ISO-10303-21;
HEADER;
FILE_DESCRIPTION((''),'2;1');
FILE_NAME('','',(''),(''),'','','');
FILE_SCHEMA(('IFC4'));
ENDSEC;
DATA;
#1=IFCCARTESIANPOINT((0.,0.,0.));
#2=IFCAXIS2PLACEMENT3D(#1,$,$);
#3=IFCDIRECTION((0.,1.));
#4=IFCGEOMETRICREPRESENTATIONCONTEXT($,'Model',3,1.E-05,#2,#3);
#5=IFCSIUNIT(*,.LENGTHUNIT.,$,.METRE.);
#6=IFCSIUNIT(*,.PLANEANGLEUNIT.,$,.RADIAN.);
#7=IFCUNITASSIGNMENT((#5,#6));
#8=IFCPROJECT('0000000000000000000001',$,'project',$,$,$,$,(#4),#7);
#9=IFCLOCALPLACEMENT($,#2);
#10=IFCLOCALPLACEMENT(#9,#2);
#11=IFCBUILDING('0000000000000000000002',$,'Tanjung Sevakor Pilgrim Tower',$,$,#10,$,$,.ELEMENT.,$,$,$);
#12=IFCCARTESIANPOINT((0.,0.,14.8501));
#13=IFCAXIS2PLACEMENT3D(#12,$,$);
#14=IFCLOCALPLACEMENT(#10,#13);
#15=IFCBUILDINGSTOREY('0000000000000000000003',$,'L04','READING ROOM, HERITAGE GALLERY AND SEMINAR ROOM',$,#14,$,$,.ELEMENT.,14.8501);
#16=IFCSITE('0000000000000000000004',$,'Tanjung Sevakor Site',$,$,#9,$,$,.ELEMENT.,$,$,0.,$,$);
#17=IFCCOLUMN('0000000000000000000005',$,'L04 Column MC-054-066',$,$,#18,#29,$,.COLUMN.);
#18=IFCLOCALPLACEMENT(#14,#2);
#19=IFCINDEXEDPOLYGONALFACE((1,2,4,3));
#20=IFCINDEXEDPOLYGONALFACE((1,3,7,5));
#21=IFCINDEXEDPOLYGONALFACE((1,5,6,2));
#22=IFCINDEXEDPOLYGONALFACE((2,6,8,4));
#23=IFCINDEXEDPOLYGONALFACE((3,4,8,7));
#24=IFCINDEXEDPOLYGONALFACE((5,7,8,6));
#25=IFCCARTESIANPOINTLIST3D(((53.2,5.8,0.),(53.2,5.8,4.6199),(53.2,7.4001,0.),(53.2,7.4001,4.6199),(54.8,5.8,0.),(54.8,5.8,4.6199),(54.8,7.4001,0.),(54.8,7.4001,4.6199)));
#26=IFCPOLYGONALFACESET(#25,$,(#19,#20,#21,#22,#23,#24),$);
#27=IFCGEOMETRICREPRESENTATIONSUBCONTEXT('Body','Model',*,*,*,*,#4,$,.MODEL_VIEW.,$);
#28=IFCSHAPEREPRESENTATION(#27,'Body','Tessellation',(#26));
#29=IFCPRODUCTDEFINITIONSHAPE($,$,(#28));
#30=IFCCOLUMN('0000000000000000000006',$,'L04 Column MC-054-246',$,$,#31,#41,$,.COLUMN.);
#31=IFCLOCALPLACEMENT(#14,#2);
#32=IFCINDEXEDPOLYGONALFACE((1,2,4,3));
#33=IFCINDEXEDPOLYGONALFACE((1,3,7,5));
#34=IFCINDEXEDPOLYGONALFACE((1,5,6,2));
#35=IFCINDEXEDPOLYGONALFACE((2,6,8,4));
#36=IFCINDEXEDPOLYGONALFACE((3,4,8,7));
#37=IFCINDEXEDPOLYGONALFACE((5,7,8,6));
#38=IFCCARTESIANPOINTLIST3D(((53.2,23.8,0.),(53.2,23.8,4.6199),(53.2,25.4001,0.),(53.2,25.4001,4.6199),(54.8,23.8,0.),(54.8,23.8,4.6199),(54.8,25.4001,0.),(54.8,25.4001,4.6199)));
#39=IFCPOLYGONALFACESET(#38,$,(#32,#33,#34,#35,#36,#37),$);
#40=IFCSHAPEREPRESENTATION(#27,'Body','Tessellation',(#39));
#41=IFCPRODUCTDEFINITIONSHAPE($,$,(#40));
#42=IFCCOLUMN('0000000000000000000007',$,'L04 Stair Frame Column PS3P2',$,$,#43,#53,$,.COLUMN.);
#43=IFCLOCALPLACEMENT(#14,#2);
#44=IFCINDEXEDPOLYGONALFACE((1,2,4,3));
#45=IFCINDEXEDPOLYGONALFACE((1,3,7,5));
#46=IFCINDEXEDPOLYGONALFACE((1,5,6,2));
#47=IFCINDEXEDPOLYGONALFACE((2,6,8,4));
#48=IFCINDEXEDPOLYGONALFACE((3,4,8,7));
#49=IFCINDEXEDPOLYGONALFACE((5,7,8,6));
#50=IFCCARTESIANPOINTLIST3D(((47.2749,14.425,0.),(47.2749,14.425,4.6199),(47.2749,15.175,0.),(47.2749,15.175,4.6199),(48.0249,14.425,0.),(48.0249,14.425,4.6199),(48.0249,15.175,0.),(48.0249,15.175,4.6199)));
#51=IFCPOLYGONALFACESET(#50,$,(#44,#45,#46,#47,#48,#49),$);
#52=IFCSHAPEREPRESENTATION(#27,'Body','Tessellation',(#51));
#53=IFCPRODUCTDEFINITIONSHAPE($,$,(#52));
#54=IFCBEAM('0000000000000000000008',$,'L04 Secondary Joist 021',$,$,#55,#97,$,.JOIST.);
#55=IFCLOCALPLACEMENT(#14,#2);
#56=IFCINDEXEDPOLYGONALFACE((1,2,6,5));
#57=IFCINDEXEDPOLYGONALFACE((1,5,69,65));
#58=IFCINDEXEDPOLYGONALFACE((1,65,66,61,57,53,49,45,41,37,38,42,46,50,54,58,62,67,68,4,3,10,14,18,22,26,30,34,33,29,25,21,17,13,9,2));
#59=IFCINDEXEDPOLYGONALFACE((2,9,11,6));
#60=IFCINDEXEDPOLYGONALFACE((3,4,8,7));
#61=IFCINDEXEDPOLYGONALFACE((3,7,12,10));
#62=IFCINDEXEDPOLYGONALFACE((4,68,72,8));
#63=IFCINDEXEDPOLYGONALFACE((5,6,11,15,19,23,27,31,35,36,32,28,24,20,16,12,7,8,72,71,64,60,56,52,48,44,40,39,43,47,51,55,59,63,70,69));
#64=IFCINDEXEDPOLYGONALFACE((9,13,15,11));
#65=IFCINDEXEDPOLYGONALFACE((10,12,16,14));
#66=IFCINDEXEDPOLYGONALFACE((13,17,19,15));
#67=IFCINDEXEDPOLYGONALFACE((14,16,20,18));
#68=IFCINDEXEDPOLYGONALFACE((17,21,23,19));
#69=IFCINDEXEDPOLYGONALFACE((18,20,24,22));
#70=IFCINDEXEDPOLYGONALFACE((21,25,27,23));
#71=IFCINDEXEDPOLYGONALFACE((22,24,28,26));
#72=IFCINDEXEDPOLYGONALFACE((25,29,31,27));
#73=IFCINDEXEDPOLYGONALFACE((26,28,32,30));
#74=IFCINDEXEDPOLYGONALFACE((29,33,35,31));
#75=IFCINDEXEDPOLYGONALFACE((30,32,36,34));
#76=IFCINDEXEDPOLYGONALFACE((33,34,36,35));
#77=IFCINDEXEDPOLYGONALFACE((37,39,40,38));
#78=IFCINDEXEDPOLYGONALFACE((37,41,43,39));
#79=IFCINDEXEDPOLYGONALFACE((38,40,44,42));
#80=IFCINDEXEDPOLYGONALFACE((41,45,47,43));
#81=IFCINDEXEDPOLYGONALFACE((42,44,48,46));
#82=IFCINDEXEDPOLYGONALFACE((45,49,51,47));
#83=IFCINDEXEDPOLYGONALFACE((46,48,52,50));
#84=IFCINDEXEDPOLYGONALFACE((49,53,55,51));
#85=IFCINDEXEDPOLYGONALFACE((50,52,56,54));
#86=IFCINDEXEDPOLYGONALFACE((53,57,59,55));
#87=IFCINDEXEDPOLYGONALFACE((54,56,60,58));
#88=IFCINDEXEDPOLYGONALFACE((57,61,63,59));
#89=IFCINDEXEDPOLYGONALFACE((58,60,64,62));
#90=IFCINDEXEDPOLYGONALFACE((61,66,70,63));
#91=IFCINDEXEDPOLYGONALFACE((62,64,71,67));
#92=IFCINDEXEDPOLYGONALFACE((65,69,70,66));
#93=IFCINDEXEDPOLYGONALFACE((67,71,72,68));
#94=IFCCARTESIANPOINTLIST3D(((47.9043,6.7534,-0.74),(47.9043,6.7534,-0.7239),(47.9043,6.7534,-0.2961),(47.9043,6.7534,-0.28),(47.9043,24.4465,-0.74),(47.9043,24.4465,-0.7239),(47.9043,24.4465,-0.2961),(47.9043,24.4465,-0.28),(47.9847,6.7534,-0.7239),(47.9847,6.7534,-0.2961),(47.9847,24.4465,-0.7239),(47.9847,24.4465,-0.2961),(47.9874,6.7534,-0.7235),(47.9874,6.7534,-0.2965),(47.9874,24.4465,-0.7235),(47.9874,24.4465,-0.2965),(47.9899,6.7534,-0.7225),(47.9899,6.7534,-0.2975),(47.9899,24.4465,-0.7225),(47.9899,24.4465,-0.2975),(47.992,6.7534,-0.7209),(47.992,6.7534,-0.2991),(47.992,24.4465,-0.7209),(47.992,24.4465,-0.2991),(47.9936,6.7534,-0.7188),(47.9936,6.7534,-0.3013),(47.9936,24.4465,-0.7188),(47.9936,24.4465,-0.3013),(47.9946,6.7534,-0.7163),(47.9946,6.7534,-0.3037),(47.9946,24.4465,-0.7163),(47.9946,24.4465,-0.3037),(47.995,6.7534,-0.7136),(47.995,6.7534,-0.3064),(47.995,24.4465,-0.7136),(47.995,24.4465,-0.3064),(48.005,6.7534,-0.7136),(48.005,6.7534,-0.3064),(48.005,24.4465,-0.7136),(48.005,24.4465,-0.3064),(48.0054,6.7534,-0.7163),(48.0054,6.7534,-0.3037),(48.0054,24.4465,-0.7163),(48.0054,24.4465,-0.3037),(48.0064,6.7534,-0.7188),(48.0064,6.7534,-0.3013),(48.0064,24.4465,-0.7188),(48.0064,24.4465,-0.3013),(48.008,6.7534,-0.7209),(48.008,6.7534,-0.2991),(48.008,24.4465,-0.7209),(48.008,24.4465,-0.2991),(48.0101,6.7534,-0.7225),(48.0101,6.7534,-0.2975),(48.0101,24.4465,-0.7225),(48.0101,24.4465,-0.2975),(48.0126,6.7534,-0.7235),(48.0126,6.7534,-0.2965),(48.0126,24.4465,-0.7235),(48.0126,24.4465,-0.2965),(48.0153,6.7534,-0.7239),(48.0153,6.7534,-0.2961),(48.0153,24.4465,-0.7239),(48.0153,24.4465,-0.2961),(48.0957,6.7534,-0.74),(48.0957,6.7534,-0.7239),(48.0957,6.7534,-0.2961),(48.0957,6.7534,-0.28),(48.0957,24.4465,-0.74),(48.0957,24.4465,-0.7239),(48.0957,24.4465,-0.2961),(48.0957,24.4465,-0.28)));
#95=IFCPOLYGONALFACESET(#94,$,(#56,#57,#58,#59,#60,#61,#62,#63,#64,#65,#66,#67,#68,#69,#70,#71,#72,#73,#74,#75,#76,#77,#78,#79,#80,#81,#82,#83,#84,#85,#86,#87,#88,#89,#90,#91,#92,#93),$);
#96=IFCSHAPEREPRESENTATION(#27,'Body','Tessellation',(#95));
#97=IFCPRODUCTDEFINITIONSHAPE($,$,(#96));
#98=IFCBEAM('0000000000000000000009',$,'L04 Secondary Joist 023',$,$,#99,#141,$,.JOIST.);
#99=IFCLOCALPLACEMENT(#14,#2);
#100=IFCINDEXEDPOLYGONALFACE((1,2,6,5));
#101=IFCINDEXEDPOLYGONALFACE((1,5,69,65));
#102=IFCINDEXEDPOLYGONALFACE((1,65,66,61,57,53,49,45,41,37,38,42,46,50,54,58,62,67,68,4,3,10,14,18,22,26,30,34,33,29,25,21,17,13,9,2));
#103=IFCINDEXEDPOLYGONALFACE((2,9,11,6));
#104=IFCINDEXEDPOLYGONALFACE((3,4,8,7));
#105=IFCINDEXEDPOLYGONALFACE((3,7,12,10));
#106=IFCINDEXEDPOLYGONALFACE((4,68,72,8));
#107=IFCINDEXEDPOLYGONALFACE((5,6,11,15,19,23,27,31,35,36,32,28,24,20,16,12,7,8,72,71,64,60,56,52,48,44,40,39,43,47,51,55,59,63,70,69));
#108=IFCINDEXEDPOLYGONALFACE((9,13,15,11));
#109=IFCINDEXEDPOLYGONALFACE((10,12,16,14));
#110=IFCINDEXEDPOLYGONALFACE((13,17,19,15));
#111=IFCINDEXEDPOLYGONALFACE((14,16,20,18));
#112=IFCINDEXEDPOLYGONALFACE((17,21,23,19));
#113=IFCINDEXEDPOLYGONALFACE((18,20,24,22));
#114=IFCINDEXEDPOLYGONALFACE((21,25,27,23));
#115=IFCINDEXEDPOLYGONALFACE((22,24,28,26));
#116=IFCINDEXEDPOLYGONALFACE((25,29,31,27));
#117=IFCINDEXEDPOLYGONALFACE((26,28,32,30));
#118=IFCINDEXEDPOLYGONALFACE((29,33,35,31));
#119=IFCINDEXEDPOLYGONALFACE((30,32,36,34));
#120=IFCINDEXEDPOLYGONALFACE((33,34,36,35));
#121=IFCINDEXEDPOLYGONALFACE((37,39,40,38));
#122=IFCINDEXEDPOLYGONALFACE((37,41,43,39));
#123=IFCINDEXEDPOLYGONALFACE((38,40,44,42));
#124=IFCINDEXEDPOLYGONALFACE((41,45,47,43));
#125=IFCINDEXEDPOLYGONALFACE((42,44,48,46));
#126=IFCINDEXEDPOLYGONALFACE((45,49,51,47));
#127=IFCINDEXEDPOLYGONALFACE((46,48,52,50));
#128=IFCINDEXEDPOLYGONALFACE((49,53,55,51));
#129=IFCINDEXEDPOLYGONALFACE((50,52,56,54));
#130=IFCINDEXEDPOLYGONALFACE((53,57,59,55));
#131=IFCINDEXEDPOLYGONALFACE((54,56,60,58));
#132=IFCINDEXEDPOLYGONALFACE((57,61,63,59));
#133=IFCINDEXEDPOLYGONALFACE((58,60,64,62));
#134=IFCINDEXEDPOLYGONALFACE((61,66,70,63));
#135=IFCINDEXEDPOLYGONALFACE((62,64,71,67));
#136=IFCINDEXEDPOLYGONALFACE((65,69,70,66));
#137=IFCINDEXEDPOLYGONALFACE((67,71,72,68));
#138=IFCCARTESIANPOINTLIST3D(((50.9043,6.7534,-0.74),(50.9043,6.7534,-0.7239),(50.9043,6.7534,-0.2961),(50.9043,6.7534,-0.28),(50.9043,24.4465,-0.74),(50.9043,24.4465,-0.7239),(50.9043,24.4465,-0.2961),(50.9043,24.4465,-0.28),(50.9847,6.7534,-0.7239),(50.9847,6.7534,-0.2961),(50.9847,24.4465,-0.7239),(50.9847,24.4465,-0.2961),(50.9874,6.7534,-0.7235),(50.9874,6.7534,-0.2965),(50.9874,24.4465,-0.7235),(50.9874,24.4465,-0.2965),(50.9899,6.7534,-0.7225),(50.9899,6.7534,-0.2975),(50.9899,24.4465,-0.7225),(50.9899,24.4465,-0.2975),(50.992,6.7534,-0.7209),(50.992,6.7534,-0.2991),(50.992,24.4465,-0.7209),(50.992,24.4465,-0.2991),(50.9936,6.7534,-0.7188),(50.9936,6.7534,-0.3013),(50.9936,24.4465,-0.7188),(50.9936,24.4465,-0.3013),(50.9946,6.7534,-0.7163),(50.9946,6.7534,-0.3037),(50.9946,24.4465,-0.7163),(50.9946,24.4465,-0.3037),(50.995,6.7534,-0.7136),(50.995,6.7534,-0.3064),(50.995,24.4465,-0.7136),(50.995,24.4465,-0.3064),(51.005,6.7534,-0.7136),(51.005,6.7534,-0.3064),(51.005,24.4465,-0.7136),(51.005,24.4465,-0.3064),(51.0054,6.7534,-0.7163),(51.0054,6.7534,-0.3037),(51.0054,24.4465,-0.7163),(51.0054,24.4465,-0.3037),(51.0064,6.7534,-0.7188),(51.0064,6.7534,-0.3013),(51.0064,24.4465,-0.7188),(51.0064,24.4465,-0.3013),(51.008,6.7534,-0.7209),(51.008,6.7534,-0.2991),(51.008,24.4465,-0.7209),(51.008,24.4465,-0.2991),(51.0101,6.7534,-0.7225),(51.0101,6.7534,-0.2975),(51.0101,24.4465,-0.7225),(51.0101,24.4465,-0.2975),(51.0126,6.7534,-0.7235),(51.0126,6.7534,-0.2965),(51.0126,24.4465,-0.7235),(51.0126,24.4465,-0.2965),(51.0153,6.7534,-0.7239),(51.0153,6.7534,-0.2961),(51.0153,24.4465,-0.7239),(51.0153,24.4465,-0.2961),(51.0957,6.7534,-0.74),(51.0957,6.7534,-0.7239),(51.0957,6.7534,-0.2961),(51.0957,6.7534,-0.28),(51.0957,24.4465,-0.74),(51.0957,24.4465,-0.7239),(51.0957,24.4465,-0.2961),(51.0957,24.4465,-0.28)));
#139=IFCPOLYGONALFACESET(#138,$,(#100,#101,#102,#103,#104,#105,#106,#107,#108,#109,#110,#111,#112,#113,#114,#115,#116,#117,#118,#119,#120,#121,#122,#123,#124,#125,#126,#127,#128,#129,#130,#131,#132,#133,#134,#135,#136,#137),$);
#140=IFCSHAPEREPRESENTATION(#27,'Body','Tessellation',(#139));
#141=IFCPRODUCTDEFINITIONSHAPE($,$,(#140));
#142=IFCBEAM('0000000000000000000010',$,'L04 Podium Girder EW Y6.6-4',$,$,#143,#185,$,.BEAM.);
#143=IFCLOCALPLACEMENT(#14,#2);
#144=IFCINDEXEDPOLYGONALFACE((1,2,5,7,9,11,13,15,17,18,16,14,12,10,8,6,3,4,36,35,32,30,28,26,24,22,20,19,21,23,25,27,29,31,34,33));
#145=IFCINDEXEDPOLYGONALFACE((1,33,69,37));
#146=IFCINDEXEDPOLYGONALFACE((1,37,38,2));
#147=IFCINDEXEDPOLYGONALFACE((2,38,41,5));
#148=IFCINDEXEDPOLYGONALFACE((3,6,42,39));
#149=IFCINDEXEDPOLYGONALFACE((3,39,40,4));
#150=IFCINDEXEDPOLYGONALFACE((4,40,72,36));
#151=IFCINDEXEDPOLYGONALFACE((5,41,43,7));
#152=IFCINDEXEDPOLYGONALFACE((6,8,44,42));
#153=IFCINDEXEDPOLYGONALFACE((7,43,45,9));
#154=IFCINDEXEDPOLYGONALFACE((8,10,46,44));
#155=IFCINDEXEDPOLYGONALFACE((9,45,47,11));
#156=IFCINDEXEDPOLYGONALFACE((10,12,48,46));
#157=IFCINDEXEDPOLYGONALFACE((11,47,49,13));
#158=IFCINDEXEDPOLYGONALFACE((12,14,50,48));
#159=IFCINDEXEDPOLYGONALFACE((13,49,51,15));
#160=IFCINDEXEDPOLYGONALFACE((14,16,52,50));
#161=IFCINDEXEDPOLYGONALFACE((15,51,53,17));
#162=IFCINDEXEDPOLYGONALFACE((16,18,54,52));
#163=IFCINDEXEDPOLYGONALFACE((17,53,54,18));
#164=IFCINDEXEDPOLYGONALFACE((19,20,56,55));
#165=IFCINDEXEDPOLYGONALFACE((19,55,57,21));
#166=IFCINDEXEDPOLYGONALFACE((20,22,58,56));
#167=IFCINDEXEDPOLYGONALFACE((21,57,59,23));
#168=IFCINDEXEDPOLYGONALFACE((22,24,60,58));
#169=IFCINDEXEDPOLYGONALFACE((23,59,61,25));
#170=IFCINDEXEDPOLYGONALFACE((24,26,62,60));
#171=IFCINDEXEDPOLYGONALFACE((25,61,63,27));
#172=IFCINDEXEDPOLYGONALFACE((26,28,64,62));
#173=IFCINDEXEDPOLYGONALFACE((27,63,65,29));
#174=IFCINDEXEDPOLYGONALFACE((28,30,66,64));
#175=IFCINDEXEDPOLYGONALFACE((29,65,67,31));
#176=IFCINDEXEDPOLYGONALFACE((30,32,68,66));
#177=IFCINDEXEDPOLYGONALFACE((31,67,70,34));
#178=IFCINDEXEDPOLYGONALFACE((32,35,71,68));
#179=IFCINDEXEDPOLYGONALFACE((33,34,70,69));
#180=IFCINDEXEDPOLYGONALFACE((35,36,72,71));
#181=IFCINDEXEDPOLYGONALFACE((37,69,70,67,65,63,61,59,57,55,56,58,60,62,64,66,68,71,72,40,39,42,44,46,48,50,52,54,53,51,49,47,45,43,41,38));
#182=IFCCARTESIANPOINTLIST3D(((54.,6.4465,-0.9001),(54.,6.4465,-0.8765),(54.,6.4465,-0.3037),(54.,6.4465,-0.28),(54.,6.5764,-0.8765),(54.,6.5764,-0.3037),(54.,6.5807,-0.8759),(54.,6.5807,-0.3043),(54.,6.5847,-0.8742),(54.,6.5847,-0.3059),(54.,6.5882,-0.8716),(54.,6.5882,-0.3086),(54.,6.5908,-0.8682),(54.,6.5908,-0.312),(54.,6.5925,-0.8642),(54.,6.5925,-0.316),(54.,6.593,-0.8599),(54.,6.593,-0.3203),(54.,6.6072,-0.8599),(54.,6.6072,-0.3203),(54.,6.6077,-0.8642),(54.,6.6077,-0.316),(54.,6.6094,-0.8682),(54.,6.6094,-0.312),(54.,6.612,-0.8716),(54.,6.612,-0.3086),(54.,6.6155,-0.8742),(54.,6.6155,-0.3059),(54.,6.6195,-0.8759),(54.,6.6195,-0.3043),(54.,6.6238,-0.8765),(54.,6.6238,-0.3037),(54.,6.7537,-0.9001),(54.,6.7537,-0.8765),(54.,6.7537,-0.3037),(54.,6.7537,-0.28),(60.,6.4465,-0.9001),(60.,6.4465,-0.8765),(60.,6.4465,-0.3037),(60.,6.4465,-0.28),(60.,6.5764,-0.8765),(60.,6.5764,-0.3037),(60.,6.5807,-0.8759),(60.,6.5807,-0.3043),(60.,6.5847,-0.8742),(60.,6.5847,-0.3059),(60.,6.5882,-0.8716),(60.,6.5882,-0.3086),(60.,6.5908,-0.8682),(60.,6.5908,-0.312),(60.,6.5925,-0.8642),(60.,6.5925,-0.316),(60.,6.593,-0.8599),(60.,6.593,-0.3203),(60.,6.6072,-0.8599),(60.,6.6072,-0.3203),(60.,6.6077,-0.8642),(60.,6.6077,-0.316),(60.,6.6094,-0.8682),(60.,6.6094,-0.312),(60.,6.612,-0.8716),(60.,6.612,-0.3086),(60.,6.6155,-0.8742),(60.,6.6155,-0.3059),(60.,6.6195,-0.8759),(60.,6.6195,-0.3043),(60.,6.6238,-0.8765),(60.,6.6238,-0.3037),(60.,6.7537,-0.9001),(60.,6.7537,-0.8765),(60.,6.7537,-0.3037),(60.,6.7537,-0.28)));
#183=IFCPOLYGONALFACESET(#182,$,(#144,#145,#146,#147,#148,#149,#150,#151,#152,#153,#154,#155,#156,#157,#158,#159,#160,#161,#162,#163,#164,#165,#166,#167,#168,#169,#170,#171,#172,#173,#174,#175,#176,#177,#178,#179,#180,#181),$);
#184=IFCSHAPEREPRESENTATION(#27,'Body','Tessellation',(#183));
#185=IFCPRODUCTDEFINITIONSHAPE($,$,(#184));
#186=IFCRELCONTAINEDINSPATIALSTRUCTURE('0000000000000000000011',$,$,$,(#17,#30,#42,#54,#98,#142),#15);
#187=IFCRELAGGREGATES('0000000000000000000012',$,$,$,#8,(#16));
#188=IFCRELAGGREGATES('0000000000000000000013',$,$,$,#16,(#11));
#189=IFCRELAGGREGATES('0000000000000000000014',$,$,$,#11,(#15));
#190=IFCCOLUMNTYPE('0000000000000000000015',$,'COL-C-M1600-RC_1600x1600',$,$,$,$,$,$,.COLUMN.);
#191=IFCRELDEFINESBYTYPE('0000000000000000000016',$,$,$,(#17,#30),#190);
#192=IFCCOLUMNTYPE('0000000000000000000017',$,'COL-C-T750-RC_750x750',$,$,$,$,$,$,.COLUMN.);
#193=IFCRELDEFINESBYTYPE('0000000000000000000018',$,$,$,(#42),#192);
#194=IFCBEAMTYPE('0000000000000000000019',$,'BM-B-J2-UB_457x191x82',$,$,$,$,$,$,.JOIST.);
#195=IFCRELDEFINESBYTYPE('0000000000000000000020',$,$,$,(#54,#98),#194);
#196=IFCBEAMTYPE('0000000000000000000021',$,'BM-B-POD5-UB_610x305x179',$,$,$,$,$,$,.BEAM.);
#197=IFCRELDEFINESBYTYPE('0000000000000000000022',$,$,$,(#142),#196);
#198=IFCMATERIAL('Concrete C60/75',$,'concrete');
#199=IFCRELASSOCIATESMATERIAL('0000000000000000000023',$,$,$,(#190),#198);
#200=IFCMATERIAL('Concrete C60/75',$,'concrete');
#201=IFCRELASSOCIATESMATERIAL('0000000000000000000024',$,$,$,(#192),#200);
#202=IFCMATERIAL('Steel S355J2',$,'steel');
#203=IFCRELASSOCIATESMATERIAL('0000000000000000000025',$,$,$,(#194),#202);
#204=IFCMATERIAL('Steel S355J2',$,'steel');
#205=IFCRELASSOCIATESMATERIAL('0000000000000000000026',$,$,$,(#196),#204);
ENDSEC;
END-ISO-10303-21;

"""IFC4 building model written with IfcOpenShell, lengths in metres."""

from ifc_helpers import new_model, si_unit, direction, frame, origin, origin_2d, place, context, subcontext, project, spatial, rectangle, i_section, extrude, material, material_profile, profile_set, type_object, element, save


model = new_model("IFC4")

# Units and contexts
model_context = context("Model", 3, precision=1e-05, world=origin(), true_north=direction((0.0, 1.0)))
body_context = subcontext(model_context, "Body", "Model", "MODEL_VIEW")
ifc_project = project(units=[si_unit("LENGTHUNIT", "METRE"), si_unit("PLANEANGLEUNIT", "RADIAN")], contexts=[model_context])

# Site, building, storey
site_placement = place(None, origin())
site = spatial("IfcSite", under=ifc_project, at=site_placement, Name="Tanjung Sevakor Site", CompositionType="ELEMENT", RefElevation=0.0)
building_placement = place(site_placement, origin())
building = spatial("IfcBuilding", under=site, at=building_placement, Name="Tanjung Sevakor Pilgrim Tower", CompositionType="ELEMENT")
storey_placement = place(building_placement, frame((0.0, 0.0, 14.8501)))
storey = spatial("IfcBuildingStorey", under=building, at=storey_placement, Name="L04", Description="READING ROOM, HERITAGE GALLERY AND SEMINAR ROOM", CompositionType="ELEMENT", Elevation=14.8501)

# Columns
ifc_material_1 = material(Name="Concrete C60/75", Category="concrete")
ifc_material_profile_1 = material_profile(ifc_material_1, rectangle(XDim=1.6001, YDim=1.6001, at=origin_2d()))
ifc_profile_set_1 = profile_set([ifc_material_profile_1], Name="Concrete C60/75")
column_type_1 = type_object("IfcColumnType", Name="COL-C-M1600-RC_1600x1600", PredefinedType="COLUMN", material=ifc_profile_set_1)
for number, where, z_axis, x_axis, name in (
    (1, (54.0, 6.6001, 0.0), (0.0, 0.0, 1.0), (1.0, 0.0, 0.0), "L04 Column MC-054-066"),
    (2, (54.0, 24.6001, 0.0), (0.0, 0.0, 1.0), (1.0, 0.0, 0.0), "L04 Column MC-054-246"),
):
    element("IfcColumn", number, at=place(storey_placement, frame(where, z_axis=z_axis, x_axis=x_axis)), inside=storey, type_object=column_type_1, Name=name, PredefinedType="COLUMN", context=body_context, shape_type="SweptSolid", body=[
        extrude(rectangle(XDim=1.6001, YDim=1.6001, at=origin_2d()), origin(), (0.0, 0.0, 1.0), 4.6199),
    ])
ifc_material_2 = material(Name="Concrete C60/75", Category="concrete")
ifc_material_profile_2 = material_profile(ifc_material_2, rectangle(XDim=0.75, YDim=0.75, at=origin_2d()))
ifc_profile_set_2 = profile_set([ifc_material_profile_2], Name="Concrete C60/75")
column_type_2 = type_object("IfcColumnType", Name="COL-C-T750-RC_750x750", PredefinedType="COLUMN", material=ifc_profile_set_2)
column_placement = place(storey_placement, frame((47.6499, 14.8, 0.0), z_axis=(0.0, 0.0, 1.0), x_axis=(1.0, 0.0, 0.0)))
element("IfcColumn", 3, at=column_placement, inside=storey, type_object=column_type_2, Name="L04 Stair Frame Column PS3P2", PredefinedType="COLUMN", context=body_context, shape_type="SweptSolid", body=[
    extrude(rectangle(XDim=0.75, YDim=0.75, at=origin_2d()), origin(), (0.0, 0.0, 1.0), 4.6199),
])

# Beams
ifc_material_3 = material(Name="Steel S355J2", Category="steel")
ifc_material_profile_3 = material_profile(ifc_material_3, i_section(OverallWidth=0.1914, OverallDepth=0.46, WebThickness=0.01, FlangeThickness=0.0161, FilletRadius=0.0103, at=origin_2d()))
ifc_profile_set_3 = profile_set([ifc_material_profile_3], Name="Steel S355J2")
beam_type_1 = type_object("IfcBeamType", Name="BM-B-J2-UB_457x191x82", PredefinedType="JOIST", material=ifc_profile_set_3)
for number, where, z_axis, x_axis, name in (
    (4, (48.0, 6.7534, -0.51), (0.0, 1.0, 0.0), (-1.0, 0.0, 0.0), "L04 Secondary Joist 021"),
    (5, (51.0, 6.7534, -0.51), (0.0, 1.0, 0.0), (-1.0, 0.0, 0.0), "L04 Secondary Joist 023"),
):
    element("IfcBeam", number, at=place(storey_placement, frame(where, z_axis=z_axis, x_axis=x_axis)), inside=storey, type_object=beam_type_1, Name=name, PredefinedType="JOIST", context=body_context, shape_type="SweptSolid", body=[
        extrude(i_section(OverallWidth=0.1914, OverallDepth=0.46, WebThickness=0.01, FlangeThickness=0.0161, FilletRadius=0.0103, at=origin_2d()), origin(), (0.0, 0.0, 1.0), 17.6931),
    ])
ifc_material_4 = material(Name="Steel S355J2", Category="steel")
ifc_material_profile_4 = material_profile(ifc_material_4, i_section(OverallWidth=0.3071, OverallDepth=0.6201, WebThickness=0.0142, FlangeThickness=0.0237, FilletRadius=0.0166, at=origin_2d()))
ifc_profile_set_4 = profile_set([ifc_material_profile_4], Name="Steel S355J2")
beam_type_2 = type_object("IfcBeamType", Name="BM-B-POD5-UB_610x305x179", PredefinedType="BEAM", material=ifc_profile_set_4)
for number, where, z_axis, x_axis, name in (
    (6, (54.0, 6.6001, -0.5901), (1.0, 0.0, 0.0), (0.0, 1.0, 0.0), "L04 Podium Girder EW Y6.6-4"),
):
    element("IfcBeam", number, at=place(storey_placement, frame(where, z_axis=z_axis, x_axis=x_axis)), inside=storey, type_object=beam_type_2, Name=name, PredefinedType="BEAM", context=body_context, shape_type="SweptSolid", body=[
        extrude(i_section(OverallWidth=0.3071, OverallDepth=0.6201, WebThickness=0.0142, FlangeThickness=0.0237, FilletRadius=0.0166, at=origin_2d()), origin(), (0.0, 0.0, 1.0), 6.0),
    ])

save(model, "model.ifc")
